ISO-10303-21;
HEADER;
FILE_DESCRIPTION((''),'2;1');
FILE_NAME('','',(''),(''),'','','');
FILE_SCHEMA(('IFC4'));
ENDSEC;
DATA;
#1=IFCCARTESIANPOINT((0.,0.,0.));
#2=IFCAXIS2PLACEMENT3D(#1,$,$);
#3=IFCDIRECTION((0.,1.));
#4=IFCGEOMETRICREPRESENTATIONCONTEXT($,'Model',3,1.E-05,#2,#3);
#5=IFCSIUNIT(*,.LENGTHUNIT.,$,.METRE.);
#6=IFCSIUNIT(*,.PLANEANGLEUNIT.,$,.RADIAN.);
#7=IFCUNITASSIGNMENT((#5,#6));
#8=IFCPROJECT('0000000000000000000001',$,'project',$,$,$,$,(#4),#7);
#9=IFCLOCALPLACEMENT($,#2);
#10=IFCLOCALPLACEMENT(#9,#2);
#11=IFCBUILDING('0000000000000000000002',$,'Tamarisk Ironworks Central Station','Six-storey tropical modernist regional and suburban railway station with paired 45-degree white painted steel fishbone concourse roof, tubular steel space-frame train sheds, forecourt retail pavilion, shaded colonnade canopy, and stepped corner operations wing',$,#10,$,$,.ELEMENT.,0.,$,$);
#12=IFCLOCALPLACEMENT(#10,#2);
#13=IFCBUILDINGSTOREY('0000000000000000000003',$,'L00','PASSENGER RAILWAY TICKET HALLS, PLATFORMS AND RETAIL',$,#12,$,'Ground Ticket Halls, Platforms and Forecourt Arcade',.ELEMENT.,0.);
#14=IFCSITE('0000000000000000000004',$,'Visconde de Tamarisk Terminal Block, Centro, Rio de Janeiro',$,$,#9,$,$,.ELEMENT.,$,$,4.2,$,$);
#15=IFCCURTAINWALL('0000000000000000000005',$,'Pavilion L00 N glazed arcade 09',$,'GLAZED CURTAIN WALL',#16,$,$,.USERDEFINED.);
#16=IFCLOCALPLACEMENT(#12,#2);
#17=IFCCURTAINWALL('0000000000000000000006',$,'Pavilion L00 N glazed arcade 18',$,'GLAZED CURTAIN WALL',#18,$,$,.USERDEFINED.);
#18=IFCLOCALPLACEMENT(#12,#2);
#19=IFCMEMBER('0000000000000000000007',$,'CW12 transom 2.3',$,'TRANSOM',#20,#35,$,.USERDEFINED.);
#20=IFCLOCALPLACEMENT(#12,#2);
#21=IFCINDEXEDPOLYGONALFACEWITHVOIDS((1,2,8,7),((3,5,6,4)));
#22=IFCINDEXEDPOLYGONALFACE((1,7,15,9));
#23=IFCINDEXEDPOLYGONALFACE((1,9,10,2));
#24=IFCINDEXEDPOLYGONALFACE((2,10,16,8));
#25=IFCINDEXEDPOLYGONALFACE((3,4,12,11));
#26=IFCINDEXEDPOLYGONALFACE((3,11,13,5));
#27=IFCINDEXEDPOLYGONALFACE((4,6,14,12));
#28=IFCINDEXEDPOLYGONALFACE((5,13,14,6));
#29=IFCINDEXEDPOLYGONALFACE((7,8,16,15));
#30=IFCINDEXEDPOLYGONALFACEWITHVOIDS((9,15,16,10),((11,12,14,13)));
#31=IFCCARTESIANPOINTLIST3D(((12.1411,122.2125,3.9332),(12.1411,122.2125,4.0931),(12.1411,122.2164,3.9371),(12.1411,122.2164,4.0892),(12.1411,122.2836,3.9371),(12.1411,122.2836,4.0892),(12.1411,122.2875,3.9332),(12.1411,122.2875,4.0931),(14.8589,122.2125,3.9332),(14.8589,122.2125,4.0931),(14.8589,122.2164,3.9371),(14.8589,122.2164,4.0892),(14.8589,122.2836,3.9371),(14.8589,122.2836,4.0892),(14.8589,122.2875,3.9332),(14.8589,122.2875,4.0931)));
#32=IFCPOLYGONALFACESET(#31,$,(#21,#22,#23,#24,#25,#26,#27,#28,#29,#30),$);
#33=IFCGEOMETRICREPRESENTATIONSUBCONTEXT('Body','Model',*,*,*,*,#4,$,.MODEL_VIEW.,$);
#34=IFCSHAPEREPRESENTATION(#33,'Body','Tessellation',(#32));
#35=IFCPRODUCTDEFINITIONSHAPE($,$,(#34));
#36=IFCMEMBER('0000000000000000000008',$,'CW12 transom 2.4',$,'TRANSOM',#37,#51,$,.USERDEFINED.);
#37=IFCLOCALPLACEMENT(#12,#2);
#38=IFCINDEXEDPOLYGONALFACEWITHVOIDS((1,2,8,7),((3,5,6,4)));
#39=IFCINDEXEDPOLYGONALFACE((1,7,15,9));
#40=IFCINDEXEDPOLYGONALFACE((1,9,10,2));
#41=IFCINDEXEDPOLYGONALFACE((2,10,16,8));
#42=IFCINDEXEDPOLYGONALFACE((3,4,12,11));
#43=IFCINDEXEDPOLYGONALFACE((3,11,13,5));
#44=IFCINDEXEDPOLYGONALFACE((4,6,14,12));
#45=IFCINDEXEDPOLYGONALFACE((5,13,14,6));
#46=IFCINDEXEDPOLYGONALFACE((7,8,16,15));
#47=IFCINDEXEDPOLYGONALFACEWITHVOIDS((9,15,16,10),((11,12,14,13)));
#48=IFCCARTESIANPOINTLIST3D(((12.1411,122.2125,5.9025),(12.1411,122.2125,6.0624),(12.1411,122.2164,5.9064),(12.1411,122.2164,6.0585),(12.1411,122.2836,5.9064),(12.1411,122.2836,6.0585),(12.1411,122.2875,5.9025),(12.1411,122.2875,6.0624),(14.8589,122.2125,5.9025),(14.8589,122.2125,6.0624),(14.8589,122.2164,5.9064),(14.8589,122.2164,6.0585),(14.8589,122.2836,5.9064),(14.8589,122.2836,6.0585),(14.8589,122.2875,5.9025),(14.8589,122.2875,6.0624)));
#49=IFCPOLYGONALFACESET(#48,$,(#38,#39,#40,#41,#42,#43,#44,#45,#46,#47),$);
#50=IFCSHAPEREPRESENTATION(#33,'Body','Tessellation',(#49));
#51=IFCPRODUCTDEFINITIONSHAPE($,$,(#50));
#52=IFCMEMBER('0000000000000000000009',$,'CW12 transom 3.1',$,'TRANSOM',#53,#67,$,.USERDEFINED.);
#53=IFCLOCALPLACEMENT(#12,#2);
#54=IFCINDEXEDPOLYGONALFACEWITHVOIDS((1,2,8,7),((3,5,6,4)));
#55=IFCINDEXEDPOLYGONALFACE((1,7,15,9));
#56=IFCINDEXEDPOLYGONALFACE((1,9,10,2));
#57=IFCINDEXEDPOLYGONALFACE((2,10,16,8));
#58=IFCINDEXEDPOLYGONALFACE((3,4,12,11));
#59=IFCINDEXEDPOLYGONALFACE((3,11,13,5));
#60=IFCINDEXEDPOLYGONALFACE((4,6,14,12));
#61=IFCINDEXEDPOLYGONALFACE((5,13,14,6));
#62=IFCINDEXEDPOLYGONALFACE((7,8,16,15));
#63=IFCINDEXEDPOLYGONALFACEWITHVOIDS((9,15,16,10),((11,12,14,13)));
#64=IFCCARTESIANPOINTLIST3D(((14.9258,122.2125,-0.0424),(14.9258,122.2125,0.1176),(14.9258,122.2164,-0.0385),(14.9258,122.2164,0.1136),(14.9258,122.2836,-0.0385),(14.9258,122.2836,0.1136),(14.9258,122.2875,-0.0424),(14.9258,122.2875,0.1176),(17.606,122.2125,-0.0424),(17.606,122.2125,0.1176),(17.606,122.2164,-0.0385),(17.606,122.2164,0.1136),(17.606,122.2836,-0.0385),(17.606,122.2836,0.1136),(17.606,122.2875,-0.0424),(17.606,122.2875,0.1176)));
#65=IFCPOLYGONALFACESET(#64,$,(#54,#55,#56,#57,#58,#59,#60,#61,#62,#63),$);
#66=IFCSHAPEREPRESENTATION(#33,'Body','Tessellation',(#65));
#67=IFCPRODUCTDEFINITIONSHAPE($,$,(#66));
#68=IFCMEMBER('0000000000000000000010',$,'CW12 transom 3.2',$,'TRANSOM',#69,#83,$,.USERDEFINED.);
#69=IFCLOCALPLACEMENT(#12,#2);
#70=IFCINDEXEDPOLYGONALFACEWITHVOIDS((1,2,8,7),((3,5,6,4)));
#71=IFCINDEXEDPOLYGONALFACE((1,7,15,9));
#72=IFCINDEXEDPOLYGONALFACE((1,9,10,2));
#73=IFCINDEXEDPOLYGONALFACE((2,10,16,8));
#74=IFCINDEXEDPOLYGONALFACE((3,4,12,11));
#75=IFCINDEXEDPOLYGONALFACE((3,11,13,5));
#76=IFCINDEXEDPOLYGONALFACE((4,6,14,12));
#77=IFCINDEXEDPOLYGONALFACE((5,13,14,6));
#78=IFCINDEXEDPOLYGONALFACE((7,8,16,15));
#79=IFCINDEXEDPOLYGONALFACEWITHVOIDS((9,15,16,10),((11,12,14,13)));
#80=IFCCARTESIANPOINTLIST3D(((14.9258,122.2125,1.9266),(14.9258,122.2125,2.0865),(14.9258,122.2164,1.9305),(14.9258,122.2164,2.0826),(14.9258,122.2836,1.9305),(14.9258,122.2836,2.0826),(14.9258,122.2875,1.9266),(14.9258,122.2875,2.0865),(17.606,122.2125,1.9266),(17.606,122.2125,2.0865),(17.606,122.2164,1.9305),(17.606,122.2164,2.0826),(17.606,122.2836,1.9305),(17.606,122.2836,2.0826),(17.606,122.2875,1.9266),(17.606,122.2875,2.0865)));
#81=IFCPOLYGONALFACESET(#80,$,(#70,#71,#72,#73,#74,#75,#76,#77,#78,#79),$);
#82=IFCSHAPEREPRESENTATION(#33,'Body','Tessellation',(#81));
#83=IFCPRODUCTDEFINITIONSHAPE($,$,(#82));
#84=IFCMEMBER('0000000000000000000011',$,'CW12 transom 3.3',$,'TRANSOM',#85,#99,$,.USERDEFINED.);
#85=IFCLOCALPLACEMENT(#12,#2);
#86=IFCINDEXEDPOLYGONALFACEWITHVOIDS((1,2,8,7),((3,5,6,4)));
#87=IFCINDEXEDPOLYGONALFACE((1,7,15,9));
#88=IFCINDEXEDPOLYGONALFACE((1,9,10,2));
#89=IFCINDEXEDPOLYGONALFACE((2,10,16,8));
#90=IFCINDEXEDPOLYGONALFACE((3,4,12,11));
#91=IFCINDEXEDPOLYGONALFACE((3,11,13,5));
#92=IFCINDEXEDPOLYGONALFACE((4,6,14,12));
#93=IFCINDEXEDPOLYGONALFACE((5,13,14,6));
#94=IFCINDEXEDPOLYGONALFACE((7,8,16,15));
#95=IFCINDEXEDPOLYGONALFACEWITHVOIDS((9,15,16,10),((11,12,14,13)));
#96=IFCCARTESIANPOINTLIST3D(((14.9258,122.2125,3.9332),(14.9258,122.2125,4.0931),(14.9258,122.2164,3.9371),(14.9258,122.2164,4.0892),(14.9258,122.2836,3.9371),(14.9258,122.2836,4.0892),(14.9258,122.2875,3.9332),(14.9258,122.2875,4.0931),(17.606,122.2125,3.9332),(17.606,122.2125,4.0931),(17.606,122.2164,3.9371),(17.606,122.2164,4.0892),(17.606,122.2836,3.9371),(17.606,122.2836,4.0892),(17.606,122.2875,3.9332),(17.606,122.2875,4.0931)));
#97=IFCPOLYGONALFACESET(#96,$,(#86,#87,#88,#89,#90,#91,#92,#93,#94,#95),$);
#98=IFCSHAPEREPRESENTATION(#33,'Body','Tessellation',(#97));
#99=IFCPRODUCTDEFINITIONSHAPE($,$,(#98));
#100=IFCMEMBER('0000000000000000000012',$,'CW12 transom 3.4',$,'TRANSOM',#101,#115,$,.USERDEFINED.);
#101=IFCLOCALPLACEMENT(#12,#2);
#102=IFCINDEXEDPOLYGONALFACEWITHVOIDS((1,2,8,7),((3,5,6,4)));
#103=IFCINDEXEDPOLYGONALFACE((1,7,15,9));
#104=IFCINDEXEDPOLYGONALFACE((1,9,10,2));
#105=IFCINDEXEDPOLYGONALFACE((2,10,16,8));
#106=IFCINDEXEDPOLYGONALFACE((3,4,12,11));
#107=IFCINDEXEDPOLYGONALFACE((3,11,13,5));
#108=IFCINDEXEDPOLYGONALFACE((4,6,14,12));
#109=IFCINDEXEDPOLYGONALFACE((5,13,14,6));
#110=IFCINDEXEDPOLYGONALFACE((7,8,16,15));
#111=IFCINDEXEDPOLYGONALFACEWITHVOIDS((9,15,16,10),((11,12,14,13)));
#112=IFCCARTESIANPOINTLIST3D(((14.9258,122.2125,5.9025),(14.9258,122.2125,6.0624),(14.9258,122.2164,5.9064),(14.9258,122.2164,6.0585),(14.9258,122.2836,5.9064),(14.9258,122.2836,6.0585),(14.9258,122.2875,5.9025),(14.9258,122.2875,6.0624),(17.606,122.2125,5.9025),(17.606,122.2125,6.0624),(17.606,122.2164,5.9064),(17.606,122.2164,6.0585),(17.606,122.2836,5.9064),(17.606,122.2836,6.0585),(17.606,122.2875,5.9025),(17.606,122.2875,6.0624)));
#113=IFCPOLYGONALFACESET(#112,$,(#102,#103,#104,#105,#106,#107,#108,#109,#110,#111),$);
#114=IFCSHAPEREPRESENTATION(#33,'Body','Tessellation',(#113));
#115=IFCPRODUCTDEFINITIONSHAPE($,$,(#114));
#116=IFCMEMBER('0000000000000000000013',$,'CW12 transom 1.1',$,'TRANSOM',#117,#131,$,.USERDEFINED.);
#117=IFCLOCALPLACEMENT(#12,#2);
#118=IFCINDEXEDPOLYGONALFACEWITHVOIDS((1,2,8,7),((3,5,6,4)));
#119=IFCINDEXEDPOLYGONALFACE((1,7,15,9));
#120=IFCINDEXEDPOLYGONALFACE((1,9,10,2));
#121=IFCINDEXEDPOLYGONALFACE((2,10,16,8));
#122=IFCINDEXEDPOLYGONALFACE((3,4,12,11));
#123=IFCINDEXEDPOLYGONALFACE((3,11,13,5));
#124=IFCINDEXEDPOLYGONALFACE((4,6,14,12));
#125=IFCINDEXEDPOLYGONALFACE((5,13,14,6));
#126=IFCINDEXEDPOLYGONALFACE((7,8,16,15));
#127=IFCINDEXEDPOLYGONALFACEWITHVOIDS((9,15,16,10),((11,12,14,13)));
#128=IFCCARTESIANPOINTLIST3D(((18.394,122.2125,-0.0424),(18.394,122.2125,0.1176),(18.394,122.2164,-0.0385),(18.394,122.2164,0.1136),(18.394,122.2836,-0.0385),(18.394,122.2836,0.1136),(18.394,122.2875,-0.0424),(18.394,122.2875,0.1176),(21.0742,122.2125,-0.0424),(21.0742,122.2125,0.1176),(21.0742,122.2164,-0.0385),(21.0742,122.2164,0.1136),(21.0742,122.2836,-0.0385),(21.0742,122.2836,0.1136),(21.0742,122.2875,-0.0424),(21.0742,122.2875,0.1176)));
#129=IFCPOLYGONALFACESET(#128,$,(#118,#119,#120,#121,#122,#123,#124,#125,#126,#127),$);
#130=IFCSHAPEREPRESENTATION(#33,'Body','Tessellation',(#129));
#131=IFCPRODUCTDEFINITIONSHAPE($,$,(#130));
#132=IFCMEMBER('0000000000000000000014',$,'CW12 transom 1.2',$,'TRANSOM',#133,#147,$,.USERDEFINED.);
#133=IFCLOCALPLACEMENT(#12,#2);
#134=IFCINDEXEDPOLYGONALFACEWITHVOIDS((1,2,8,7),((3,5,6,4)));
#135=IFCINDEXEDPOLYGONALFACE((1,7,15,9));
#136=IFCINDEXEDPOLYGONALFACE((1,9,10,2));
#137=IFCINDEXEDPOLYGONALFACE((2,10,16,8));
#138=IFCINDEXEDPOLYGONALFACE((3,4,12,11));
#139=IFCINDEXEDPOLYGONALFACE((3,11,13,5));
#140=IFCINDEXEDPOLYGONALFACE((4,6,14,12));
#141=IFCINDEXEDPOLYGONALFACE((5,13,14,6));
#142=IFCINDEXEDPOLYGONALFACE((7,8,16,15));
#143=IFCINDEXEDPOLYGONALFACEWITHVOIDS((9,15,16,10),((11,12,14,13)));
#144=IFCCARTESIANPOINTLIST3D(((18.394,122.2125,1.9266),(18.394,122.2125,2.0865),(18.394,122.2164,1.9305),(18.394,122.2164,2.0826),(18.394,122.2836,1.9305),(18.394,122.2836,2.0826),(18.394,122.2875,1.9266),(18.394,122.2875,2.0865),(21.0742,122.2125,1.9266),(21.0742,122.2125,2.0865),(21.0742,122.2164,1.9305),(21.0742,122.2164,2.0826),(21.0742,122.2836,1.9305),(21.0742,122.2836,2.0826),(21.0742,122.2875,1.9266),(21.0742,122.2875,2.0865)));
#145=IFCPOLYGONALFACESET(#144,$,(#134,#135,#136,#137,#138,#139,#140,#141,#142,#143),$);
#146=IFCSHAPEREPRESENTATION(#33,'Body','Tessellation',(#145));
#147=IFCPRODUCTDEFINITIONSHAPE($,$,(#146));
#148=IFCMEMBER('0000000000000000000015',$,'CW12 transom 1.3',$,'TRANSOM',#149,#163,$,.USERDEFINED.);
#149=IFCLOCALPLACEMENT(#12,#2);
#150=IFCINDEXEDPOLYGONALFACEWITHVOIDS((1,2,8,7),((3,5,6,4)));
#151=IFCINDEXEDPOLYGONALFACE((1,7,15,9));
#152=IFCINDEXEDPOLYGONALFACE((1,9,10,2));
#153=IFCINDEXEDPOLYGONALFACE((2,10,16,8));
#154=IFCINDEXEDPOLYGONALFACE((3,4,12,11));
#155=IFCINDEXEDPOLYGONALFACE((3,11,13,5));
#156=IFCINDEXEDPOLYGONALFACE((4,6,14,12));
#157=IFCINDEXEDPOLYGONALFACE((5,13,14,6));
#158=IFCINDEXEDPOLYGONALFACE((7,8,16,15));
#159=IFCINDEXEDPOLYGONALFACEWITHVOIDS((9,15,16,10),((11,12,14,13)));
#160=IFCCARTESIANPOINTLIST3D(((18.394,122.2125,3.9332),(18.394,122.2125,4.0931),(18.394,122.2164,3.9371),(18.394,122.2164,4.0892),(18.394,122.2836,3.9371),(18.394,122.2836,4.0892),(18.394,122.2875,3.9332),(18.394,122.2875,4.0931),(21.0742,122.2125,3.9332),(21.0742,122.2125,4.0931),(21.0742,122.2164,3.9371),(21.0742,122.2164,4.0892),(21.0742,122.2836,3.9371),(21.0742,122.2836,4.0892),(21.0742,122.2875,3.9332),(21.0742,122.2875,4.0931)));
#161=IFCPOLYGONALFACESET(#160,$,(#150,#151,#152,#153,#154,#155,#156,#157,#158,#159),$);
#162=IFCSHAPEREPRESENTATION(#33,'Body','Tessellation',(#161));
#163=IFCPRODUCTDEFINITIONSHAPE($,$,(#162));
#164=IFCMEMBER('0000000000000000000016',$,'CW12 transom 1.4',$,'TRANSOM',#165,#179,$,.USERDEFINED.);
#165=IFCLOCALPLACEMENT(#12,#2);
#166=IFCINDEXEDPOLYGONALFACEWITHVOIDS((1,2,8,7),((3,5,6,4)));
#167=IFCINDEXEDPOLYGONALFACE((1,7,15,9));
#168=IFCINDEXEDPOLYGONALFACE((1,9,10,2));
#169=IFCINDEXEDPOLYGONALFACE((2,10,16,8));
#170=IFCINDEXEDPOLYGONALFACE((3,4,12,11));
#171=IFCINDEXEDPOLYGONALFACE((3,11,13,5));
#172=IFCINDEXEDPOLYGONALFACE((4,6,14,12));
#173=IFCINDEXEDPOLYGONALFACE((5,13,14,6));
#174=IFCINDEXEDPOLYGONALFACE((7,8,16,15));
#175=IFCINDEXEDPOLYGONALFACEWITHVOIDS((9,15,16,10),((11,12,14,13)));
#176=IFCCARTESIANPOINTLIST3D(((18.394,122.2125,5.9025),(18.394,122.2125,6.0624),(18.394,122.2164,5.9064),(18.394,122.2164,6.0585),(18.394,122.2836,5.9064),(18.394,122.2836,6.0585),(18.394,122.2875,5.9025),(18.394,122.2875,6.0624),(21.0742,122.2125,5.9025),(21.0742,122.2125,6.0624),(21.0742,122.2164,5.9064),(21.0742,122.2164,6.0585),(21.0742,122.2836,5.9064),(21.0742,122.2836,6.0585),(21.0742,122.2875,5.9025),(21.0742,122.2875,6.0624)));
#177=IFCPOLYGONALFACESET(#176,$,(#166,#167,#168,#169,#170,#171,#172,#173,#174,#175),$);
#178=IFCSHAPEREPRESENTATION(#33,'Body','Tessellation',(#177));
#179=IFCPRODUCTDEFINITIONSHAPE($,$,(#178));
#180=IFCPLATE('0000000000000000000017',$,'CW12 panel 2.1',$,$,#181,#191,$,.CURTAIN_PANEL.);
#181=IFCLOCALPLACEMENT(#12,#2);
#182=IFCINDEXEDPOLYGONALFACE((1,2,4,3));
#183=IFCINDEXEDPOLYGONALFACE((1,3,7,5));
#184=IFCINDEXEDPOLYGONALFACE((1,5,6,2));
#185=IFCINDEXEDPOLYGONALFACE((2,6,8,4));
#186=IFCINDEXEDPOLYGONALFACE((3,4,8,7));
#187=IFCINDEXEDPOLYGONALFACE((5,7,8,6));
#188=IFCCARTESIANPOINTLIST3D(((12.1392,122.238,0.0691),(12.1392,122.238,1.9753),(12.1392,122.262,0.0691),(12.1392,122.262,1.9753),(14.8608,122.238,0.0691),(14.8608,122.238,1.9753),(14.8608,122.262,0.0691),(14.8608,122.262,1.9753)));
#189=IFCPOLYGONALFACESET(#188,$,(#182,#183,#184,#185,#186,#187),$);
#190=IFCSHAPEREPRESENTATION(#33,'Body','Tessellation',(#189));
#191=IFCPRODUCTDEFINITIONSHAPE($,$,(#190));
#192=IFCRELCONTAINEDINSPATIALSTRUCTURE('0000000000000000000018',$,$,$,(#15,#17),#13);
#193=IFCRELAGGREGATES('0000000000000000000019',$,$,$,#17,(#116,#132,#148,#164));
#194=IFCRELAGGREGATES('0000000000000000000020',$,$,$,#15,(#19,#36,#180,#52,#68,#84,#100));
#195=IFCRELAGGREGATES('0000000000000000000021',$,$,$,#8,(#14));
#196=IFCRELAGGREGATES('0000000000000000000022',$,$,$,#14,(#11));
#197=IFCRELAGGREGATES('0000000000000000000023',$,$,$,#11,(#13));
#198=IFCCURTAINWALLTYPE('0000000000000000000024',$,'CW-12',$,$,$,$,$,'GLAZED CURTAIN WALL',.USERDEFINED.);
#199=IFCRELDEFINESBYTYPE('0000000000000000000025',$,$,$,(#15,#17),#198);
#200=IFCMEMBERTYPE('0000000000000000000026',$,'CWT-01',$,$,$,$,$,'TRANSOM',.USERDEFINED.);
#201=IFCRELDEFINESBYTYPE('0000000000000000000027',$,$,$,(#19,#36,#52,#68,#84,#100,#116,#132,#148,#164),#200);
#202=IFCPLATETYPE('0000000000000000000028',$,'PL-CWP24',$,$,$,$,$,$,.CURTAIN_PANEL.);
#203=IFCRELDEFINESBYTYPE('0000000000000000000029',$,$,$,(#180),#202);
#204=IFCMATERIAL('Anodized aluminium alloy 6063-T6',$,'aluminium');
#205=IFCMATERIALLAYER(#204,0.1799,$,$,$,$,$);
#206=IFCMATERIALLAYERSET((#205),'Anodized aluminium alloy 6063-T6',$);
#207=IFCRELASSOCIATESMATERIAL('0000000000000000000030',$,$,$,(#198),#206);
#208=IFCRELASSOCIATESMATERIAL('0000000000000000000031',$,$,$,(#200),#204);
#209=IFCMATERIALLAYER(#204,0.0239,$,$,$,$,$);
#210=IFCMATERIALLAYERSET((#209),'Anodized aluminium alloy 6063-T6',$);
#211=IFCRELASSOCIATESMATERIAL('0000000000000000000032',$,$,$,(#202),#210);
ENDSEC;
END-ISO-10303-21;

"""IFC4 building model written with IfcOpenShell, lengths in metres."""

from ifc_helpers import new_model, si_unit, direction, frame, origin, origin_2d, place, context, subcontext, project, spatial, rectangle, hollow_rectangle, extrude, material, layer, layer_set, material_profile, profile_set, type_object, element, aggregate, save


model = new_model("IFC4")

# Units and contexts
model_context = context("Model", 3, precision=1e-05, world=origin(), true_north=direction((0.0, 1.0)))
body_context = subcontext(model_context, "Body", "Model", "MODEL_VIEW")
ifc_project = project(units=[si_unit("LENGTHUNIT", "METRE"), si_unit("PLANEANGLEUNIT", "RADIAN")], contexts=[model_context])

# Site, building, storey
site_placement = place(None, origin())
site = spatial("IfcSite", under=ifc_project, at=site_placement, Name="Visconde de Tamarisk Terminal Block, Centro, Rio de Janeiro", CompositionType="ELEMENT", RefElevation=4.2)
building_placement = place(site_placement, origin())
building = spatial("IfcBuilding", under=site, at=building_placement, Name="Tamarisk Ironworks Central Station", Description="Six-storey tropical modernist regional and suburban railway station with paired 45-degree white painted steel fishbone concourse roof, tubular steel space-frame train sheds, forecourt retail pavilion, shaded colonnade canopy, and stepped corner operations wing", CompositionType="ELEMENT", ElevationOfRefHeight=0.0)
storey_placement = place(building_placement, origin())
storey = spatial("IfcBuildingStorey", under=building, at=storey_placement, Name="L00", Description="PASSENGER RAILWAY TICKET HALLS, PLATFORMS AND RETAIL", LongName="Ground Ticket Halls, Platforms and Forecourt Arcade", CompositionType="ELEMENT", Elevation=0.0)

# Curtain wall
ifc_material_1 = material(Name="Anodized aluminium alloy 6063-T6", Category="aluminium")
ifc_layer_1 = layer(ifc_material_1, 0.1799)
ifc_layer_set_1 = layer_set([ifc_layer_1], Name="Anodized aluminium alloy 6063-T6")
curtain_wall_type = type_object("IfcCurtainWallType", Name="CW-12", ElementType="GLAZED CURTAIN WALL", PredefinedType="USERDEFINED", material=ifc_layer_set_1)
curtain_wall_1_placement = place(storey_placement, origin())
curtain_wall_1 = element("IfcCurtainWall", 1, at=curtain_wall_1_placement, inside=storey, type_object=curtain_wall_type, Name="Pavilion L00 N glazed arcade 09", ObjectType="GLAZED CURTAIN WALL", PredefinedType="USERDEFINED")

# Curtain wall
curtain_wall_2_placement = place(storey_placement, origin())
curtain_wall_2 = element("IfcCurtainWall", 2, at=curtain_wall_2_placement, inside=storey, type_object=curtain_wall_type, Name="Pavilion L00 N glazed arcade 18", ObjectType="GLAZED CURTAIN WALL", PredefinedType="USERDEFINED")

# Members
ifc_material_profile_1 = material_profile(ifc_material_1, hollow_rectangle(XDim=0.075, YDim=0.1599, WallThickness=0.0039, at=origin_2d()), Name="ALUM 160x75")
ifc_profile_set_1 = profile_set([ifc_material_profile_1], Name="Anodized aluminium alloy 6063-T6")
member_type_1 = type_object("IfcMemberType", Name="CWT-01", ElementType="TRANSOM", PredefinedType="USERDEFINED", material=ifc_profile_set_1)
member_1_placement = place(storey_placement, frame((12.1411, 122.25, 4.0132), z_axis=(1.0, 0.0, 0.0), x_axis=(0.0, 1.0, 0.0)))
member_1 = element("IfcMember", 3, at=member_1_placement, type_object=member_type_1, Name="CW12 transom 2.3", ObjectType="TRANSOM", PredefinedType="USERDEFINED", context=body_context, shape_type="SweptSolid", body=[
    extrude(hollow_rectangle(XDim=0.075, YDim=0.1599, WallThickness=0.0039, at=origin_2d()), origin(), (0.0, 0.0, 1.0), 2.7178),
])
member_2_placement = place(storey_placement, frame((12.1411, 122.25, 5.9824), z_axis=(1.0, 0.0, 0.0), x_axis=(0.0, 1.0, 0.0)))
member_2 = element("IfcMember", 4, at=member_2_placement, type_object=member_type_1, Name="CW12 transom 2.4", ObjectType="TRANSOM", PredefinedType="USERDEFINED", context=body_context, shape_type="SweptSolid", body=[
    extrude(hollow_rectangle(XDim=0.075, YDim=0.1599, WallThickness=0.0039, at=origin_2d()), origin(), (0.0, 0.0, 1.0), 2.7178),
])
member_3_placement = place(storey_placement, frame((14.9258, 122.25, 0.0376), z_axis=(1.0, 0.0, 0.0), x_axis=(0.0, 1.0, 0.0)))
member_3 = element("IfcMember", 5, at=member_3_placement, type_object=member_type_1, Name="CW12 transom 3.1", ObjectType="TRANSOM", PredefinedType="USERDEFINED", context=body_context, shape_type="SweptSolid", body=[
    extrude(hollow_rectangle(XDim=0.075, YDim=0.1599, WallThickness=0.0039, at=origin_2d()), origin(), (0.0, 0.0, 1.0), 2.6802),
])
member_4_placement = place(storey_placement, frame((14.9258, 122.25, 2.0066), z_axis=(1.0, 0.0, 0.0), x_axis=(0.0, 1.0, 0.0)))
member_4 = element("IfcMember", 6, at=member_4_placement, type_object=member_type_1, Name="CW12 transom 3.2", ObjectType="TRANSOM", PredefinedType="USERDEFINED", context=body_context, shape_type="SweptSolid", body=[
    extrude(hollow_rectangle(XDim=0.075, YDim=0.1599, WallThickness=0.0039, at=origin_2d()), origin(), (0.0, 0.0, 1.0), 2.6802),
])
member_5_placement = place(storey_placement, frame((14.9258, 122.25, 4.0132), z_axis=(1.0, 0.0, 0.0), x_axis=(0.0, 1.0, 0.0)))
member_5 = element("IfcMember", 7, at=member_5_placement, type_object=member_type_1, Name="CW12 transom 3.3", ObjectType="TRANSOM", PredefinedType="USERDEFINED", context=body_context, shape_type="SweptSolid", body=[
    extrude(hollow_rectangle(XDim=0.075, YDim=0.1599, WallThickness=0.0039, at=origin_2d()), origin(), (0.0, 0.0, 1.0), 2.6802),
])
member_6_placement = place(storey_placement, frame((14.9258, 122.25, 5.9824), z_axis=(1.0, 0.0, 0.0), x_axis=(0.0, 1.0, 0.0)))
member_6 = element("IfcMember", 8, at=member_6_placement, type_object=member_type_1, Name="CW12 transom 3.4", ObjectType="TRANSOM", PredefinedType="USERDEFINED", context=body_context, shape_type="SweptSolid", body=[
    extrude(hollow_rectangle(XDim=0.075, YDim=0.1599, WallThickness=0.0039, at=origin_2d()), origin(), (0.0, 0.0, 1.0), 2.6802),
])
member_7_placement = place(storey_placement, frame((18.394, 122.25, 0.0376), z_axis=(1.0, 0.0, 0.0), x_axis=(0.0, 1.0, 0.0)))
member_7 = element("IfcMember", 9, at=member_7_placement, type_object=member_type_1, Name="CW12 transom 1.1", ObjectType="TRANSOM", PredefinedType="USERDEFINED", context=body_context, shape_type="SweptSolid", body=[
    extrude(hollow_rectangle(XDim=0.075, YDim=0.1599, WallThickness=0.0039, at=origin_2d()), origin(), (0.0, 0.0, 1.0), 2.6802),
])
member_8_placement = place(storey_placement, frame((18.394, 122.25, 2.0066), z_axis=(1.0, 0.0, 0.0), x_axis=(0.0, 1.0, 0.0)))
member_8 = element("IfcMember", 10, at=member_8_placement, type_object=member_type_1, Name="CW12 transom 1.2", ObjectType="TRANSOM", PredefinedType="USERDEFINED", context=body_context, shape_type="SweptSolid", body=[
    extrude(hollow_rectangle(XDim=0.075, YDim=0.1599, WallThickness=0.0039, at=origin_2d()), origin(), (0.0, 0.0, 1.0), 2.6802),
])
member_9_placement = place(storey_placement, frame((18.394, 122.25, 4.0132), z_axis=(1.0, 0.0, 0.0), x_axis=(0.0, 1.0, 0.0)))
member_9 = element("IfcMember", 11, at=member_9_placement, type_object=member_type_1, Name="CW12 transom 1.3", ObjectType="TRANSOM", PredefinedType="USERDEFINED", context=body_context, shape_type="SweptSolid", body=[
    extrude(hollow_rectangle(XDim=0.075, YDim=0.1599, WallThickness=0.0039, at=origin_2d()), origin(), (0.0, 0.0, 1.0), 2.6802),
])
member_10_placement = place(storey_placement, frame((18.394, 122.25, 5.9824), z_axis=(1.0, 0.0, 0.0), x_axis=(0.0, 1.0, 0.0)))
member_10 = element("IfcMember", 12, at=member_10_placement, type_object=member_type_1, Name="CW12 transom 1.4", ObjectType="TRANSOM", PredefinedType="USERDEFINED", context=body_context, shape_type="SweptSolid", body=[
    extrude(hollow_rectangle(XDim=0.075, YDim=0.1599, WallThickness=0.0039, at=origin_2d()), origin(), (0.0, 0.0, 1.0), 2.6802),
])
aggregate(curtain_wall_2, [member_7, member_8, member_9, member_10])

# Plate
ifc_layer_2 = layer(ifc_material_1, 0.0239)
ifc_layer_set_2 = layer_set([ifc_layer_2], Name="Anodized aluminium alloy 6063-T6")
plate_type = type_object("IfcPlateType", Name="PL-CWP24", PredefinedType="CURTAIN_PANEL", material=ifc_layer_set_2)
plate_1_placement = place(storey_placement, frame((13.5, 122.25, 0.0691), z_axis=(0.0, 0.0, 1.0), x_axis=(1.0, 0.0, 0.0)))
plate_1 = element("IfcPlate", 13, at=plate_1_placement, type_object=plate_type, Name="CW12 panel 2.1", PredefinedType="CURTAIN_PANEL", context=body_context, shape_type="SweptSolid", body=[
    extrude(rectangle(XDim=2.7217, YDim=0.0239, at=origin_2d()), origin(), (0.0, 0.0, 1.0), 1.9062),
])
aggregate(curtain_wall_1, [member_1, member_2, plate_1, member_3, member_4, member_5, member_6])

save(model, "model.ifc")
